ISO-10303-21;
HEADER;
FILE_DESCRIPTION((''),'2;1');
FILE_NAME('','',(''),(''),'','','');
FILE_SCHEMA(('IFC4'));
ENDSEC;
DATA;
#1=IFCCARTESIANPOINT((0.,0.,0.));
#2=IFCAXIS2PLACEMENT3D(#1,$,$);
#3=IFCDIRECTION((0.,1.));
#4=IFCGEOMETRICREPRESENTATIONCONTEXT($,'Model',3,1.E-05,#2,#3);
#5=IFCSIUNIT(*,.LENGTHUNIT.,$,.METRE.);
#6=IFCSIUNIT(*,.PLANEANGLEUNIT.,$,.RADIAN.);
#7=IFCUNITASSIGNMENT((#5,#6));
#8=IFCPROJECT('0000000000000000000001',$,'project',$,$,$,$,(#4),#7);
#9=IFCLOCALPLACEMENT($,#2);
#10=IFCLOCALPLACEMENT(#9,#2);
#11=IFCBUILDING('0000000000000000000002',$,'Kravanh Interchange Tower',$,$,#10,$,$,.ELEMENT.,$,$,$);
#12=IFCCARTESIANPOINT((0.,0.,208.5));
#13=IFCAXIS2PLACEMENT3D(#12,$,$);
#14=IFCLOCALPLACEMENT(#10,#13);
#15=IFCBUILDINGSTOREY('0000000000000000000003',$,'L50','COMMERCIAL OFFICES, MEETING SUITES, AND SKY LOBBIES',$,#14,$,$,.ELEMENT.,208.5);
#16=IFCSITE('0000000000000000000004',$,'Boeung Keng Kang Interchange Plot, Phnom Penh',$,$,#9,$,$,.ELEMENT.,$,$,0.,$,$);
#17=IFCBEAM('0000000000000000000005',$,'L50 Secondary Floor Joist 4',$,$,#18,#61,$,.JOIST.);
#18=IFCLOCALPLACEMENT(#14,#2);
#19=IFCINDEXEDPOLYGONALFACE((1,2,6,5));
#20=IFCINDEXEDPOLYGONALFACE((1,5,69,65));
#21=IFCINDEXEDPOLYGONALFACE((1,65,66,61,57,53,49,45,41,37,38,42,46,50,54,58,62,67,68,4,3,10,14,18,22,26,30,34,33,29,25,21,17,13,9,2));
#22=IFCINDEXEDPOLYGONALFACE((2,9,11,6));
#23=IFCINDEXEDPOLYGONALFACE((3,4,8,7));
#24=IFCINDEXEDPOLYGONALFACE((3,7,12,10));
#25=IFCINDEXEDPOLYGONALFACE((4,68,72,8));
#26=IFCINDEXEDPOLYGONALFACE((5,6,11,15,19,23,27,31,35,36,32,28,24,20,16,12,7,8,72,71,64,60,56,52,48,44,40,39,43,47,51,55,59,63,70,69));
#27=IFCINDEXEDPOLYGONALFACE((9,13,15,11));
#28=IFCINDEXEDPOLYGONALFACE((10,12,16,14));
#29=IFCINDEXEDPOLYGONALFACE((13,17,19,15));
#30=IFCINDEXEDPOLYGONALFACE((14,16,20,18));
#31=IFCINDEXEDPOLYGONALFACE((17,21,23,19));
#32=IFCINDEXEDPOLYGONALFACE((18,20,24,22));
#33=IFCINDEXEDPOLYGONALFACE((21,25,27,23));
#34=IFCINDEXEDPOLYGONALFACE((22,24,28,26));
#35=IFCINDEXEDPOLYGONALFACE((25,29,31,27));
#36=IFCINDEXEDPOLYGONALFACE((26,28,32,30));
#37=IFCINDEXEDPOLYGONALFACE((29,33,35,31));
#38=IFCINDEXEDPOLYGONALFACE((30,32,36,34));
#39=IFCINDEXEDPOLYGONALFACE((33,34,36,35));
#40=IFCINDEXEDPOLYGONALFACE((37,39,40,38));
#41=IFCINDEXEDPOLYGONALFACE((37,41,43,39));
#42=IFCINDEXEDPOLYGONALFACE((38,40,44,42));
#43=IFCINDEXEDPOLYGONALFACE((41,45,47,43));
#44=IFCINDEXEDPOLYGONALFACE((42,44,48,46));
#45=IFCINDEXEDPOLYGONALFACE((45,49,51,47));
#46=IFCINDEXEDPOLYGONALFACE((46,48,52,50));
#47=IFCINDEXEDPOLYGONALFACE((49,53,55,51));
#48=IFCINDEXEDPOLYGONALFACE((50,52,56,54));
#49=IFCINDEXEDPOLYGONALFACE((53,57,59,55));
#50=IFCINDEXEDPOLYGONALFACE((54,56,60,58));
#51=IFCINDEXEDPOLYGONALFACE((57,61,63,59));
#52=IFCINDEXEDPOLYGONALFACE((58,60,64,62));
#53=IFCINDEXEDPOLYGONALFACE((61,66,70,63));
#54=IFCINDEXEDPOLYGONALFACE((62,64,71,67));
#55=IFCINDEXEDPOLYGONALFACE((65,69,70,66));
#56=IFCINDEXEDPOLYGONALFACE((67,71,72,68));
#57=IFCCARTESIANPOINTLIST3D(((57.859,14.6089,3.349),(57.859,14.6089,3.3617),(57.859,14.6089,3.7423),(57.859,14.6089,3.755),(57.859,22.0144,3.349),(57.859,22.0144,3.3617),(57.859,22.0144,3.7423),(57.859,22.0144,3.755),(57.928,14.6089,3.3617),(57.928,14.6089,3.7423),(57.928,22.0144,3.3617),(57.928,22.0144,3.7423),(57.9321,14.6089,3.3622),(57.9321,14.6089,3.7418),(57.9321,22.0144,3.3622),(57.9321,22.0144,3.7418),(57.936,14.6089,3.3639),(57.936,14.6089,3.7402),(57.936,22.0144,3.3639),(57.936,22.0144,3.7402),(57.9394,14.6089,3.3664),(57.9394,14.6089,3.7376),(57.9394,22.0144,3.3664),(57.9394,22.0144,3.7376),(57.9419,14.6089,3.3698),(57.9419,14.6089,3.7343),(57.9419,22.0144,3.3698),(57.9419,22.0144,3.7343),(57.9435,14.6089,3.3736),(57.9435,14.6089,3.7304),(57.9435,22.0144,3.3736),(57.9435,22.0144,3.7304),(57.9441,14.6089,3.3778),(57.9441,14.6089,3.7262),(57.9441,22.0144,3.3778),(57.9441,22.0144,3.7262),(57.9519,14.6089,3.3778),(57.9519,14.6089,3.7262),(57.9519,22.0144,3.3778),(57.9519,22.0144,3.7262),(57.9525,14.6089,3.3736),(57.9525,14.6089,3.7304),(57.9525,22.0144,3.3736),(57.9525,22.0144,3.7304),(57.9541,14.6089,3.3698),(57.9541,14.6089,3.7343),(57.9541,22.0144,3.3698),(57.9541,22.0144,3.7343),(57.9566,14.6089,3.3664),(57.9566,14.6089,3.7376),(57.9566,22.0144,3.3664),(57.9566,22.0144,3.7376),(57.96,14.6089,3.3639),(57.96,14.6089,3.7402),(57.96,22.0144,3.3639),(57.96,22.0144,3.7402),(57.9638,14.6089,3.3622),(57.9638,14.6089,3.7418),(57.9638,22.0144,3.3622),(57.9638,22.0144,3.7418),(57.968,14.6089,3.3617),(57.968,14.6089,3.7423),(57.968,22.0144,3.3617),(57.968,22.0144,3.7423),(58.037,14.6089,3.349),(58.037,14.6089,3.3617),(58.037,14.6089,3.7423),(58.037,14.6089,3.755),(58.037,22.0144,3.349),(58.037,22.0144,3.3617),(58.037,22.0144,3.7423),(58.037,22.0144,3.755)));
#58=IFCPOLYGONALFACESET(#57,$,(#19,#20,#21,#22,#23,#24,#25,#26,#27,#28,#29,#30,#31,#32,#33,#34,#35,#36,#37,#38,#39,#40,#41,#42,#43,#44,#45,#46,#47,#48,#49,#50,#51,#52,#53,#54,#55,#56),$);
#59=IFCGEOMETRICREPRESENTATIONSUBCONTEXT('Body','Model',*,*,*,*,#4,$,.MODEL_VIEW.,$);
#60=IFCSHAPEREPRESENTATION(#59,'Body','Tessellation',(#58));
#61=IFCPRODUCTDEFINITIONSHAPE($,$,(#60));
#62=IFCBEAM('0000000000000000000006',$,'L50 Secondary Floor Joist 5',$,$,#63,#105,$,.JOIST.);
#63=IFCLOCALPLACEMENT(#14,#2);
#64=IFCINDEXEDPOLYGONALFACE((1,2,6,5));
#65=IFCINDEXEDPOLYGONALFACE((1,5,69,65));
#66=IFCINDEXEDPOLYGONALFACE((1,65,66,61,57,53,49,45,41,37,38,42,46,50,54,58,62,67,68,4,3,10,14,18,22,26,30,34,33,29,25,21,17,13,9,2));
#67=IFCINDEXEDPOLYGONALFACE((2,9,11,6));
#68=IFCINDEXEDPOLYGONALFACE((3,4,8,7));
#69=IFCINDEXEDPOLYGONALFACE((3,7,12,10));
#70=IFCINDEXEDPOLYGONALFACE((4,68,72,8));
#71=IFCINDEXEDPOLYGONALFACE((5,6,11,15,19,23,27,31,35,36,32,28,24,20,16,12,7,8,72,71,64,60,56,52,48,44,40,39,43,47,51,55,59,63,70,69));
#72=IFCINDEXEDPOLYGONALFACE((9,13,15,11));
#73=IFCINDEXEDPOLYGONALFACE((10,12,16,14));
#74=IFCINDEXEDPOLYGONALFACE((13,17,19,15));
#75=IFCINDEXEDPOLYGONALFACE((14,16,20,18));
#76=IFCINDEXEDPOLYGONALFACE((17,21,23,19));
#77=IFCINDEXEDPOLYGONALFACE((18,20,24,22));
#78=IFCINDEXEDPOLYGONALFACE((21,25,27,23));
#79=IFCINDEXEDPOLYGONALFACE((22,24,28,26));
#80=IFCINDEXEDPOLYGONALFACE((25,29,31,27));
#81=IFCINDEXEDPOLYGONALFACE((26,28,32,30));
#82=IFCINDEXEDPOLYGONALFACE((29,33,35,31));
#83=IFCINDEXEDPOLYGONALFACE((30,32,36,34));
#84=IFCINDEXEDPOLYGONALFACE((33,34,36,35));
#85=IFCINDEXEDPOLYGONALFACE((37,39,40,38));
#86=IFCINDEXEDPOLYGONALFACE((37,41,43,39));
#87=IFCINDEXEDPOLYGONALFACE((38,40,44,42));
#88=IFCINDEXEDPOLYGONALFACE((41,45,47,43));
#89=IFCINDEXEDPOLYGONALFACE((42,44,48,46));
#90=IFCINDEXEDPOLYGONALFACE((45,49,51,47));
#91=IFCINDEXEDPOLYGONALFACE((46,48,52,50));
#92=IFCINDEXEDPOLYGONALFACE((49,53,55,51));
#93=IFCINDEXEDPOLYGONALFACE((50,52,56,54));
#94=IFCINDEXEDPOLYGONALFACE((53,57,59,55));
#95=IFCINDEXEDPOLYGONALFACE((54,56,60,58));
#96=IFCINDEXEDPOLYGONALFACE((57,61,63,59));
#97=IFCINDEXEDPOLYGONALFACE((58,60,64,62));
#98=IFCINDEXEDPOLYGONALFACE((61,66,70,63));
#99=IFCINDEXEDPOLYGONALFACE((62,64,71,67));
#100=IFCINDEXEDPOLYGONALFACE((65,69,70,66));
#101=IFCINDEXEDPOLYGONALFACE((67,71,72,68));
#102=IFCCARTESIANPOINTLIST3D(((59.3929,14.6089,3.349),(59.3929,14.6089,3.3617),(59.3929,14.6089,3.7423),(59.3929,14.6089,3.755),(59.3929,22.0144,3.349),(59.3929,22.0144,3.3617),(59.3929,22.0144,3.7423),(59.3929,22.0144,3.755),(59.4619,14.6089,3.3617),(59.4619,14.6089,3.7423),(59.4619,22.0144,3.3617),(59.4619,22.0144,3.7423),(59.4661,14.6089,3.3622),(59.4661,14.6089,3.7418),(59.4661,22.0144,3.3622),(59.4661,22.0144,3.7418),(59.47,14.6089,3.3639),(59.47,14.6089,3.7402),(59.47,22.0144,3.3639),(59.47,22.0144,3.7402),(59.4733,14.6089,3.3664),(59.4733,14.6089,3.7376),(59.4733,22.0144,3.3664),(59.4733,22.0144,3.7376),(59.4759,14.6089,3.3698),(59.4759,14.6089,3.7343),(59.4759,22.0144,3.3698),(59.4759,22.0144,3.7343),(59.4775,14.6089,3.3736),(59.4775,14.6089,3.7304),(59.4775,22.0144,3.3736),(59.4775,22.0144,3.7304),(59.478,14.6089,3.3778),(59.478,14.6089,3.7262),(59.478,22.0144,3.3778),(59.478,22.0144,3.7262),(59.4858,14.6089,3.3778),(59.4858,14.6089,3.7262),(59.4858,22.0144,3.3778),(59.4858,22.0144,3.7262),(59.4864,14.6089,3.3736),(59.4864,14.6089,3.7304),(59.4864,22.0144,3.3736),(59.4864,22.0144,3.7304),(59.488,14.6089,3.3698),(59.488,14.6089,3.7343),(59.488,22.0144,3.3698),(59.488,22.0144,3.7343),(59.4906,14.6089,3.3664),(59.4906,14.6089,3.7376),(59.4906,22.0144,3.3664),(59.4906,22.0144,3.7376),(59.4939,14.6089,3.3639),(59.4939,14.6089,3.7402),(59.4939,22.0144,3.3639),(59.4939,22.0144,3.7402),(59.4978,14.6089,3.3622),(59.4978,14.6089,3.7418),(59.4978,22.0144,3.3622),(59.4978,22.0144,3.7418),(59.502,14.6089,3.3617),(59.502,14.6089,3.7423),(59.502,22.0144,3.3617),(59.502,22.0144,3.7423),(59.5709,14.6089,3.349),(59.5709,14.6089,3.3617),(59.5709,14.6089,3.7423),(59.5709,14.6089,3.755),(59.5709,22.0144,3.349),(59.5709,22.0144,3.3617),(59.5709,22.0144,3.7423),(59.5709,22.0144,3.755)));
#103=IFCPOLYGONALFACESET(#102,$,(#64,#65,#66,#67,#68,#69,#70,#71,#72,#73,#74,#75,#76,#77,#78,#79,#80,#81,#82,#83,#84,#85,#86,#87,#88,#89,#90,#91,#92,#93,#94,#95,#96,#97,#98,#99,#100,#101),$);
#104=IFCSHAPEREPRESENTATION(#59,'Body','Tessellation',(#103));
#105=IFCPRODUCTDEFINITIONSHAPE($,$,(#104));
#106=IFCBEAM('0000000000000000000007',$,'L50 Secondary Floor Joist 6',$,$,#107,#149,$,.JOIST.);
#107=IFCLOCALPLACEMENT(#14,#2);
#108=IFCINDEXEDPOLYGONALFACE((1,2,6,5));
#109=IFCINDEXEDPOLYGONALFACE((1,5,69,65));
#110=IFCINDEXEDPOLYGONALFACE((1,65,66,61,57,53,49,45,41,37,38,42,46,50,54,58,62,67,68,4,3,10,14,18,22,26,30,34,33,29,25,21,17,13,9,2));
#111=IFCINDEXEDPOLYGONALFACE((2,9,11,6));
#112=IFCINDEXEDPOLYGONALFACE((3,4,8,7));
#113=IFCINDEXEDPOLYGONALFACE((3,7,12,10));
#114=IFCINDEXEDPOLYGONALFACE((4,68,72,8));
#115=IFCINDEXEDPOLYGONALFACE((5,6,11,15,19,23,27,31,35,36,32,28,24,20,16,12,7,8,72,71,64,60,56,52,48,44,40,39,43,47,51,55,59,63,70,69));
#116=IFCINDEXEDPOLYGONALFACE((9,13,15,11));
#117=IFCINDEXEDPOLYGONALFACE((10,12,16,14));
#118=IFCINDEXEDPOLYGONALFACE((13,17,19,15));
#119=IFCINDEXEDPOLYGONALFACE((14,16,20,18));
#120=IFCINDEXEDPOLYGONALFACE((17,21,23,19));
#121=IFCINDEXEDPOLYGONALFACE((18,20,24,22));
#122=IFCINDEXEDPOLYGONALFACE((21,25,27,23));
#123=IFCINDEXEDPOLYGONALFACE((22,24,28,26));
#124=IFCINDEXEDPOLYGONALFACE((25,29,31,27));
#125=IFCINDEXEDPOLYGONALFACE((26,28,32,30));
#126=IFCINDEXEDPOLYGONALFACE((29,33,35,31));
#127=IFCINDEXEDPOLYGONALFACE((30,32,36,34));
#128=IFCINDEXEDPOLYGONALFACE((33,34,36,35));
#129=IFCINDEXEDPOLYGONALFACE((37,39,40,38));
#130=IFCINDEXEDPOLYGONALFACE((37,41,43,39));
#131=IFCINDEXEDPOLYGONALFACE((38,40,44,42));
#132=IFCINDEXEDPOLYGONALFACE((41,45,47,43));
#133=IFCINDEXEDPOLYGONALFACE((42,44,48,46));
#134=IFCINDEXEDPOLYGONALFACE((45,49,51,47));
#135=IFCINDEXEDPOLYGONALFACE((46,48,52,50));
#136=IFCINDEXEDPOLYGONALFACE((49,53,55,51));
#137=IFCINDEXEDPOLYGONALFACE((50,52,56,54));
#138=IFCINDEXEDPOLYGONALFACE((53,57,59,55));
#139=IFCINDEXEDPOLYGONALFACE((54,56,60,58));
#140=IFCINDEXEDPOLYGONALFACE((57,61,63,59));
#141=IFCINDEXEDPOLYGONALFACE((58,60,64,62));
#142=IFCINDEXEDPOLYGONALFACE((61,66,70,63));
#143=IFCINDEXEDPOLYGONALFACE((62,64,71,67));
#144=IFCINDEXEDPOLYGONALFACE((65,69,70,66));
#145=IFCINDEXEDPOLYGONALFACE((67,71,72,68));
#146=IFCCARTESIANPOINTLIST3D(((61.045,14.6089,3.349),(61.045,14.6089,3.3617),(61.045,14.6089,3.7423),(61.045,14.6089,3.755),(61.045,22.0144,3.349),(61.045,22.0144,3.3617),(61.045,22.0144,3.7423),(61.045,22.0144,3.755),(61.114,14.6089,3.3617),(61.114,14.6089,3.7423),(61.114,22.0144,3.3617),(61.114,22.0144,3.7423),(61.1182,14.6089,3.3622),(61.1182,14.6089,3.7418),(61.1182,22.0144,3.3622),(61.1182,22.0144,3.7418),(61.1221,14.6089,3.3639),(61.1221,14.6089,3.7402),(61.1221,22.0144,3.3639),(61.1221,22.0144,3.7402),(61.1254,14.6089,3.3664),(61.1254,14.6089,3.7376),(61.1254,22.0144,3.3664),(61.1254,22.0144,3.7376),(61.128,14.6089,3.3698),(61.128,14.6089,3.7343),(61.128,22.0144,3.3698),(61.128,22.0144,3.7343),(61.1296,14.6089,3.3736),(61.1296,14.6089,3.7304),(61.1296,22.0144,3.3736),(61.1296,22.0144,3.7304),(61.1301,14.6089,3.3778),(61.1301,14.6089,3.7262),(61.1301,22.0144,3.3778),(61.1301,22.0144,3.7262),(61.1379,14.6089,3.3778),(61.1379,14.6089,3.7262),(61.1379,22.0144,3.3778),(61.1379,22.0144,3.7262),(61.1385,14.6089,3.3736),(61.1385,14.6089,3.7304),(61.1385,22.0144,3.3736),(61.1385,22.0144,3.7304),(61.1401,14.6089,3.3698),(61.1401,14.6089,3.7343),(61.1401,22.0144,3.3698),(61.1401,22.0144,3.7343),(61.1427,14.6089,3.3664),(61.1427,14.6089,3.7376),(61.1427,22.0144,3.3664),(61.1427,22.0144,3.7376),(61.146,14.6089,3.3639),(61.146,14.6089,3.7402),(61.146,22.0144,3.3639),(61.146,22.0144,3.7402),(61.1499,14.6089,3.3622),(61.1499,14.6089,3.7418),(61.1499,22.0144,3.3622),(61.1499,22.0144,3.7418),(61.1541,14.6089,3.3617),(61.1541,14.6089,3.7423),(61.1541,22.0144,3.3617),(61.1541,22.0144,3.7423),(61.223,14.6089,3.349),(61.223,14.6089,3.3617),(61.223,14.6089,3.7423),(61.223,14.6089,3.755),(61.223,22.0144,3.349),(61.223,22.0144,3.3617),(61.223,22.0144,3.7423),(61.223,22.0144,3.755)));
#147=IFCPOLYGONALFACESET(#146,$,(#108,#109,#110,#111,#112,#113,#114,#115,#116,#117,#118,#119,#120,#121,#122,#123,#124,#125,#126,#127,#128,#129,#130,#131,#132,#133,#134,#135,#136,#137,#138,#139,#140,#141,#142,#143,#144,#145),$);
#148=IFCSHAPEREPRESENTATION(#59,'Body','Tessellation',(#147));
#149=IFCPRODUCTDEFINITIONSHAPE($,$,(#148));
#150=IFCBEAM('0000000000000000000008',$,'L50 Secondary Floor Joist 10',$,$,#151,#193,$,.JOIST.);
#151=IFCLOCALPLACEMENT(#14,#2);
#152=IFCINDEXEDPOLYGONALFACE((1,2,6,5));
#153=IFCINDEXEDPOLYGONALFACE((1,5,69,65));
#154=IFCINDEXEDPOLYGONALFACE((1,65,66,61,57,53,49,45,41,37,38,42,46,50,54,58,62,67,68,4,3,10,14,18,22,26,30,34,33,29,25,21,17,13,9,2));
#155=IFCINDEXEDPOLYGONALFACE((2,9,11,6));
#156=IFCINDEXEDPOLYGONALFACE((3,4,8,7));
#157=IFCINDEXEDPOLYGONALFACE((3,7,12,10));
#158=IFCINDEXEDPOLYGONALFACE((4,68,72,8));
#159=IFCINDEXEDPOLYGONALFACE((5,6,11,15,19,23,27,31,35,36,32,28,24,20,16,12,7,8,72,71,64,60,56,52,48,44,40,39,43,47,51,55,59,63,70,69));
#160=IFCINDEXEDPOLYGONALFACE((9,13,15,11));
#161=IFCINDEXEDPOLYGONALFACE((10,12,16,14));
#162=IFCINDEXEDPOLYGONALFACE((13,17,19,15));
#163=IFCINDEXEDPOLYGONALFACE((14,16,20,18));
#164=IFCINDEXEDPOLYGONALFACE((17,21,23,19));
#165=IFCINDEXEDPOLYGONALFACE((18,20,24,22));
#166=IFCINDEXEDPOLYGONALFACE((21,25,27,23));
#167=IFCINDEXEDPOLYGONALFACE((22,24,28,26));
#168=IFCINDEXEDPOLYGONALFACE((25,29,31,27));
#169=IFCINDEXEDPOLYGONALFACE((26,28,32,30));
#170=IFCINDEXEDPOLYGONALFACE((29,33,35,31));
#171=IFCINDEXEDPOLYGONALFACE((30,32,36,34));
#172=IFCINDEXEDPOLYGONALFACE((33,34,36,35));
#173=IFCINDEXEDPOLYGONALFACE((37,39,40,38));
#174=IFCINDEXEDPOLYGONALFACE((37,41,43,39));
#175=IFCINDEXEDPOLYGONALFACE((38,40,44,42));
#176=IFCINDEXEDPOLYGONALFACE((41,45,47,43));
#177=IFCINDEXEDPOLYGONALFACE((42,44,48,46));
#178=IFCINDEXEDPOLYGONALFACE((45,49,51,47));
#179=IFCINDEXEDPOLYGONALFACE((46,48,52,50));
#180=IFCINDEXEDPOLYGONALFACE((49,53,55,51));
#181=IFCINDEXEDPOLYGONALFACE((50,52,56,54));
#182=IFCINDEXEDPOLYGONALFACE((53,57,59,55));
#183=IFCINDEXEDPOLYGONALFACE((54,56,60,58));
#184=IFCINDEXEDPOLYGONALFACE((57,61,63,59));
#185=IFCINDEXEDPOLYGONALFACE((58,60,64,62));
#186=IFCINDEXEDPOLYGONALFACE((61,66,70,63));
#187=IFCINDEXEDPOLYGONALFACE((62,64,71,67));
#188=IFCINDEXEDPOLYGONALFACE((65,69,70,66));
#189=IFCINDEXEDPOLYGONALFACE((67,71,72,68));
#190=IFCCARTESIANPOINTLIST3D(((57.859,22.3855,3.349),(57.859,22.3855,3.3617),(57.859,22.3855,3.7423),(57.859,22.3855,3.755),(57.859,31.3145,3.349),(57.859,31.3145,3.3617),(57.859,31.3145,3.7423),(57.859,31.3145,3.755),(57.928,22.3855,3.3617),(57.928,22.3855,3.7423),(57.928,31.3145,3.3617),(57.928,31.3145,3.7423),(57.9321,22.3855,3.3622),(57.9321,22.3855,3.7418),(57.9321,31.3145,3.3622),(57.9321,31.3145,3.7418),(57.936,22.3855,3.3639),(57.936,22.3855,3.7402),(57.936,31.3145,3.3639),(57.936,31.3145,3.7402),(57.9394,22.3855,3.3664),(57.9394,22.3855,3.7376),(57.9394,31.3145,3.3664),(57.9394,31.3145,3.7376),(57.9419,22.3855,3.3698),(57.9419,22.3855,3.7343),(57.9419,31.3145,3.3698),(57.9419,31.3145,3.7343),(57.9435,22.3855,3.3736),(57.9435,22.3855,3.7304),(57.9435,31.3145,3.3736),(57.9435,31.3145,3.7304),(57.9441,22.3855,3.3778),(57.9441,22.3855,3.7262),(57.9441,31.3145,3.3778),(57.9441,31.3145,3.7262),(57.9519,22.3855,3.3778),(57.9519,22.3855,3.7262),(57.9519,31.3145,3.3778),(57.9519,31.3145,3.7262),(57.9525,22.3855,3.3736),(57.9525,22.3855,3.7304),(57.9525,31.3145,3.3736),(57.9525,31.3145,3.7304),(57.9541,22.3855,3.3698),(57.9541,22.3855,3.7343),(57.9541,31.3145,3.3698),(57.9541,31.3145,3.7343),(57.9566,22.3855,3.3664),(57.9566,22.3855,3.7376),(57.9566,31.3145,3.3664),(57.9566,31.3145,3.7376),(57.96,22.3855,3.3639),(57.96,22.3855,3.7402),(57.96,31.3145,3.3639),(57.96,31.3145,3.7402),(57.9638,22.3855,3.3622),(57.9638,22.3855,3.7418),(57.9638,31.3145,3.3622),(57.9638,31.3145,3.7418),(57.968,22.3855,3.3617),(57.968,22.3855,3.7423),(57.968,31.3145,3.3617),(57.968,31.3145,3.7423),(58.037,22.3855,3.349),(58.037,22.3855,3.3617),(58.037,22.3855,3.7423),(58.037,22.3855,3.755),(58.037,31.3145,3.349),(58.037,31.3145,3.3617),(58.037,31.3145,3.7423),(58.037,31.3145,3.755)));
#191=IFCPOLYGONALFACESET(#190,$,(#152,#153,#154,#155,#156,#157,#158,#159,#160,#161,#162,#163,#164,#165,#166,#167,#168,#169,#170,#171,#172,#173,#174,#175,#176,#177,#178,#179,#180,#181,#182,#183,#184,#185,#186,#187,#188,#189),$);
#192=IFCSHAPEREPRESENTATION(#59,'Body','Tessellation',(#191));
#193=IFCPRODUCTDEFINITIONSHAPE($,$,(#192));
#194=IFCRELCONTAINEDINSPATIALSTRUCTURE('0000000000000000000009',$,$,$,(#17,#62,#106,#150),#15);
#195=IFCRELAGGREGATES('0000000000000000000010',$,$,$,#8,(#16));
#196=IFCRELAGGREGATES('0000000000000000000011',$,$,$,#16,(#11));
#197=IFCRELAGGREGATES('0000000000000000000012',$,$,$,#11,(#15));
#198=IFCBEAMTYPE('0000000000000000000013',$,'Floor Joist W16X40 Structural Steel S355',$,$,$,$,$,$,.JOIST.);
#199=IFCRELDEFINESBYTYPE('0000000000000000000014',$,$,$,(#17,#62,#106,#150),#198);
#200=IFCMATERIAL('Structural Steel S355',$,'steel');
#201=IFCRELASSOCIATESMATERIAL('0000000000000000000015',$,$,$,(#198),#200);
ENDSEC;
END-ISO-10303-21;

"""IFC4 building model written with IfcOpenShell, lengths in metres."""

from ifc_helpers import new_model, si_unit, direction, frame, origin, origin_2d, place, context, subcontext, project, spatial, i_section, extrude, material, material_profile, profile_set, type_object, element, save


model = new_model("IFC4")

# Units and contexts
model_context = context("Model", 3, precision=1e-05, world=origin(), true_north=direction((0.0, 1.0)))
body_context = subcontext(model_context, "Body", "Model", "MODEL_VIEW")
ifc_project = project(units=[si_unit("LENGTHUNIT", "METRE"), si_unit("PLANEANGLEUNIT", "RADIAN")], contexts=[model_context])

# Site, building, storey
site_placement = place(None, origin())
site = spatial("IfcSite", under=ifc_project, at=site_placement, Name="Boeung Keng Kang Interchange Plot, Phnom Penh", CompositionType="ELEMENT", RefElevation=0.0)
building_placement = place(site_placement, origin())
building = spatial("IfcBuilding", under=site, at=building_placement, Name="Kravanh Interchange Tower", CompositionType="ELEMENT")
storey_placement = place(building_placement, frame((0.0, 0.0, 208.5)))
storey = spatial("IfcBuildingStorey", under=building, at=storey_placement, Name="L50", Description="COMMERCIAL OFFICES, MEETING SUITES, AND SKY LOBBIES", CompositionType="ELEMENT", Elevation=208.5)

# Beams
ifc_material_1 = material(Name="Structural Steel S355", Category="steel")
ifc_material_profile_1 = material_profile(ifc_material_1, i_section(OverallWidth=0.178, OverallDepth=0.406, WebThickness=0.0078, FlangeThickness=0.0127, FilletRadius=0.0161, at=origin_2d()), Name="W16X40")
ifc_profile_set_1 = profile_set([ifc_material_profile_1], Name="Structural Steel S355")
beam_type_1 = type_object("IfcBeamType", Name="Floor Joist W16X40 Structural Steel S355", PredefinedType="JOIST", material=ifc_profile_set_1)
for number, where, z_axis, x_axis, name in (
    (1, (57.948, 14.6089, 3.552), (0.0, 1.0, 0.0), (-1.0, 0.0, 0.0), "L50 Secondary Floor Joist 4"),
    (2, (59.4819, 14.6089, 3.552), (0.0, 1.0, 0.0), (-1.0, 0.0, 0.0), "L50 Secondary Floor Joist 5"),
    (3, (61.134, 14.6089, 3.552), (0.0, 1.0, 0.0), (-1.0, 0.0, 0.0), "L50 Secondary Floor Joist 6"),
):
    element("IfcBeam", number, at=place(storey_placement, frame(where, z_axis=z_axis, x_axis=x_axis)), inside=storey, type_object=beam_type_1, Name=name, PredefinedType="JOIST", context=body_context, shape_type="SweptSolid", body=[
        extrude(i_section(OverallWidth=0.178, OverallDepth=0.406, WebThickness=0.0078, FlangeThickness=0.0127, FilletRadius=0.0161, at=origin_2d()), origin(), (0.0, 0.0, 1.0), 7.4055),
    ])
for number, where, z_axis, x_axis, name in (
    (4, (57.948, 22.3855, 3.552), (0.0, 1.0, 0.0), (-1.0, 0.0, 0.0), "L50 Secondary Floor Joist 10"),
):
    element("IfcBeam", number, at=place(storey_placement, frame(where, z_axis=z_axis, x_axis=x_axis)), inside=storey, type_object=beam_type_1, Name=name, PredefinedType="JOIST", context=body_context, shape_type="SweptSolid", body=[
        extrude(i_section(OverallWidth=0.178, OverallDepth=0.406, WebThickness=0.0078, FlangeThickness=0.0127, FilletRadius=0.0161, at=origin_2d()), origin(), (0.0, 0.0, 1.0), 8.929),
    ])

save(model, "model.ifc")
